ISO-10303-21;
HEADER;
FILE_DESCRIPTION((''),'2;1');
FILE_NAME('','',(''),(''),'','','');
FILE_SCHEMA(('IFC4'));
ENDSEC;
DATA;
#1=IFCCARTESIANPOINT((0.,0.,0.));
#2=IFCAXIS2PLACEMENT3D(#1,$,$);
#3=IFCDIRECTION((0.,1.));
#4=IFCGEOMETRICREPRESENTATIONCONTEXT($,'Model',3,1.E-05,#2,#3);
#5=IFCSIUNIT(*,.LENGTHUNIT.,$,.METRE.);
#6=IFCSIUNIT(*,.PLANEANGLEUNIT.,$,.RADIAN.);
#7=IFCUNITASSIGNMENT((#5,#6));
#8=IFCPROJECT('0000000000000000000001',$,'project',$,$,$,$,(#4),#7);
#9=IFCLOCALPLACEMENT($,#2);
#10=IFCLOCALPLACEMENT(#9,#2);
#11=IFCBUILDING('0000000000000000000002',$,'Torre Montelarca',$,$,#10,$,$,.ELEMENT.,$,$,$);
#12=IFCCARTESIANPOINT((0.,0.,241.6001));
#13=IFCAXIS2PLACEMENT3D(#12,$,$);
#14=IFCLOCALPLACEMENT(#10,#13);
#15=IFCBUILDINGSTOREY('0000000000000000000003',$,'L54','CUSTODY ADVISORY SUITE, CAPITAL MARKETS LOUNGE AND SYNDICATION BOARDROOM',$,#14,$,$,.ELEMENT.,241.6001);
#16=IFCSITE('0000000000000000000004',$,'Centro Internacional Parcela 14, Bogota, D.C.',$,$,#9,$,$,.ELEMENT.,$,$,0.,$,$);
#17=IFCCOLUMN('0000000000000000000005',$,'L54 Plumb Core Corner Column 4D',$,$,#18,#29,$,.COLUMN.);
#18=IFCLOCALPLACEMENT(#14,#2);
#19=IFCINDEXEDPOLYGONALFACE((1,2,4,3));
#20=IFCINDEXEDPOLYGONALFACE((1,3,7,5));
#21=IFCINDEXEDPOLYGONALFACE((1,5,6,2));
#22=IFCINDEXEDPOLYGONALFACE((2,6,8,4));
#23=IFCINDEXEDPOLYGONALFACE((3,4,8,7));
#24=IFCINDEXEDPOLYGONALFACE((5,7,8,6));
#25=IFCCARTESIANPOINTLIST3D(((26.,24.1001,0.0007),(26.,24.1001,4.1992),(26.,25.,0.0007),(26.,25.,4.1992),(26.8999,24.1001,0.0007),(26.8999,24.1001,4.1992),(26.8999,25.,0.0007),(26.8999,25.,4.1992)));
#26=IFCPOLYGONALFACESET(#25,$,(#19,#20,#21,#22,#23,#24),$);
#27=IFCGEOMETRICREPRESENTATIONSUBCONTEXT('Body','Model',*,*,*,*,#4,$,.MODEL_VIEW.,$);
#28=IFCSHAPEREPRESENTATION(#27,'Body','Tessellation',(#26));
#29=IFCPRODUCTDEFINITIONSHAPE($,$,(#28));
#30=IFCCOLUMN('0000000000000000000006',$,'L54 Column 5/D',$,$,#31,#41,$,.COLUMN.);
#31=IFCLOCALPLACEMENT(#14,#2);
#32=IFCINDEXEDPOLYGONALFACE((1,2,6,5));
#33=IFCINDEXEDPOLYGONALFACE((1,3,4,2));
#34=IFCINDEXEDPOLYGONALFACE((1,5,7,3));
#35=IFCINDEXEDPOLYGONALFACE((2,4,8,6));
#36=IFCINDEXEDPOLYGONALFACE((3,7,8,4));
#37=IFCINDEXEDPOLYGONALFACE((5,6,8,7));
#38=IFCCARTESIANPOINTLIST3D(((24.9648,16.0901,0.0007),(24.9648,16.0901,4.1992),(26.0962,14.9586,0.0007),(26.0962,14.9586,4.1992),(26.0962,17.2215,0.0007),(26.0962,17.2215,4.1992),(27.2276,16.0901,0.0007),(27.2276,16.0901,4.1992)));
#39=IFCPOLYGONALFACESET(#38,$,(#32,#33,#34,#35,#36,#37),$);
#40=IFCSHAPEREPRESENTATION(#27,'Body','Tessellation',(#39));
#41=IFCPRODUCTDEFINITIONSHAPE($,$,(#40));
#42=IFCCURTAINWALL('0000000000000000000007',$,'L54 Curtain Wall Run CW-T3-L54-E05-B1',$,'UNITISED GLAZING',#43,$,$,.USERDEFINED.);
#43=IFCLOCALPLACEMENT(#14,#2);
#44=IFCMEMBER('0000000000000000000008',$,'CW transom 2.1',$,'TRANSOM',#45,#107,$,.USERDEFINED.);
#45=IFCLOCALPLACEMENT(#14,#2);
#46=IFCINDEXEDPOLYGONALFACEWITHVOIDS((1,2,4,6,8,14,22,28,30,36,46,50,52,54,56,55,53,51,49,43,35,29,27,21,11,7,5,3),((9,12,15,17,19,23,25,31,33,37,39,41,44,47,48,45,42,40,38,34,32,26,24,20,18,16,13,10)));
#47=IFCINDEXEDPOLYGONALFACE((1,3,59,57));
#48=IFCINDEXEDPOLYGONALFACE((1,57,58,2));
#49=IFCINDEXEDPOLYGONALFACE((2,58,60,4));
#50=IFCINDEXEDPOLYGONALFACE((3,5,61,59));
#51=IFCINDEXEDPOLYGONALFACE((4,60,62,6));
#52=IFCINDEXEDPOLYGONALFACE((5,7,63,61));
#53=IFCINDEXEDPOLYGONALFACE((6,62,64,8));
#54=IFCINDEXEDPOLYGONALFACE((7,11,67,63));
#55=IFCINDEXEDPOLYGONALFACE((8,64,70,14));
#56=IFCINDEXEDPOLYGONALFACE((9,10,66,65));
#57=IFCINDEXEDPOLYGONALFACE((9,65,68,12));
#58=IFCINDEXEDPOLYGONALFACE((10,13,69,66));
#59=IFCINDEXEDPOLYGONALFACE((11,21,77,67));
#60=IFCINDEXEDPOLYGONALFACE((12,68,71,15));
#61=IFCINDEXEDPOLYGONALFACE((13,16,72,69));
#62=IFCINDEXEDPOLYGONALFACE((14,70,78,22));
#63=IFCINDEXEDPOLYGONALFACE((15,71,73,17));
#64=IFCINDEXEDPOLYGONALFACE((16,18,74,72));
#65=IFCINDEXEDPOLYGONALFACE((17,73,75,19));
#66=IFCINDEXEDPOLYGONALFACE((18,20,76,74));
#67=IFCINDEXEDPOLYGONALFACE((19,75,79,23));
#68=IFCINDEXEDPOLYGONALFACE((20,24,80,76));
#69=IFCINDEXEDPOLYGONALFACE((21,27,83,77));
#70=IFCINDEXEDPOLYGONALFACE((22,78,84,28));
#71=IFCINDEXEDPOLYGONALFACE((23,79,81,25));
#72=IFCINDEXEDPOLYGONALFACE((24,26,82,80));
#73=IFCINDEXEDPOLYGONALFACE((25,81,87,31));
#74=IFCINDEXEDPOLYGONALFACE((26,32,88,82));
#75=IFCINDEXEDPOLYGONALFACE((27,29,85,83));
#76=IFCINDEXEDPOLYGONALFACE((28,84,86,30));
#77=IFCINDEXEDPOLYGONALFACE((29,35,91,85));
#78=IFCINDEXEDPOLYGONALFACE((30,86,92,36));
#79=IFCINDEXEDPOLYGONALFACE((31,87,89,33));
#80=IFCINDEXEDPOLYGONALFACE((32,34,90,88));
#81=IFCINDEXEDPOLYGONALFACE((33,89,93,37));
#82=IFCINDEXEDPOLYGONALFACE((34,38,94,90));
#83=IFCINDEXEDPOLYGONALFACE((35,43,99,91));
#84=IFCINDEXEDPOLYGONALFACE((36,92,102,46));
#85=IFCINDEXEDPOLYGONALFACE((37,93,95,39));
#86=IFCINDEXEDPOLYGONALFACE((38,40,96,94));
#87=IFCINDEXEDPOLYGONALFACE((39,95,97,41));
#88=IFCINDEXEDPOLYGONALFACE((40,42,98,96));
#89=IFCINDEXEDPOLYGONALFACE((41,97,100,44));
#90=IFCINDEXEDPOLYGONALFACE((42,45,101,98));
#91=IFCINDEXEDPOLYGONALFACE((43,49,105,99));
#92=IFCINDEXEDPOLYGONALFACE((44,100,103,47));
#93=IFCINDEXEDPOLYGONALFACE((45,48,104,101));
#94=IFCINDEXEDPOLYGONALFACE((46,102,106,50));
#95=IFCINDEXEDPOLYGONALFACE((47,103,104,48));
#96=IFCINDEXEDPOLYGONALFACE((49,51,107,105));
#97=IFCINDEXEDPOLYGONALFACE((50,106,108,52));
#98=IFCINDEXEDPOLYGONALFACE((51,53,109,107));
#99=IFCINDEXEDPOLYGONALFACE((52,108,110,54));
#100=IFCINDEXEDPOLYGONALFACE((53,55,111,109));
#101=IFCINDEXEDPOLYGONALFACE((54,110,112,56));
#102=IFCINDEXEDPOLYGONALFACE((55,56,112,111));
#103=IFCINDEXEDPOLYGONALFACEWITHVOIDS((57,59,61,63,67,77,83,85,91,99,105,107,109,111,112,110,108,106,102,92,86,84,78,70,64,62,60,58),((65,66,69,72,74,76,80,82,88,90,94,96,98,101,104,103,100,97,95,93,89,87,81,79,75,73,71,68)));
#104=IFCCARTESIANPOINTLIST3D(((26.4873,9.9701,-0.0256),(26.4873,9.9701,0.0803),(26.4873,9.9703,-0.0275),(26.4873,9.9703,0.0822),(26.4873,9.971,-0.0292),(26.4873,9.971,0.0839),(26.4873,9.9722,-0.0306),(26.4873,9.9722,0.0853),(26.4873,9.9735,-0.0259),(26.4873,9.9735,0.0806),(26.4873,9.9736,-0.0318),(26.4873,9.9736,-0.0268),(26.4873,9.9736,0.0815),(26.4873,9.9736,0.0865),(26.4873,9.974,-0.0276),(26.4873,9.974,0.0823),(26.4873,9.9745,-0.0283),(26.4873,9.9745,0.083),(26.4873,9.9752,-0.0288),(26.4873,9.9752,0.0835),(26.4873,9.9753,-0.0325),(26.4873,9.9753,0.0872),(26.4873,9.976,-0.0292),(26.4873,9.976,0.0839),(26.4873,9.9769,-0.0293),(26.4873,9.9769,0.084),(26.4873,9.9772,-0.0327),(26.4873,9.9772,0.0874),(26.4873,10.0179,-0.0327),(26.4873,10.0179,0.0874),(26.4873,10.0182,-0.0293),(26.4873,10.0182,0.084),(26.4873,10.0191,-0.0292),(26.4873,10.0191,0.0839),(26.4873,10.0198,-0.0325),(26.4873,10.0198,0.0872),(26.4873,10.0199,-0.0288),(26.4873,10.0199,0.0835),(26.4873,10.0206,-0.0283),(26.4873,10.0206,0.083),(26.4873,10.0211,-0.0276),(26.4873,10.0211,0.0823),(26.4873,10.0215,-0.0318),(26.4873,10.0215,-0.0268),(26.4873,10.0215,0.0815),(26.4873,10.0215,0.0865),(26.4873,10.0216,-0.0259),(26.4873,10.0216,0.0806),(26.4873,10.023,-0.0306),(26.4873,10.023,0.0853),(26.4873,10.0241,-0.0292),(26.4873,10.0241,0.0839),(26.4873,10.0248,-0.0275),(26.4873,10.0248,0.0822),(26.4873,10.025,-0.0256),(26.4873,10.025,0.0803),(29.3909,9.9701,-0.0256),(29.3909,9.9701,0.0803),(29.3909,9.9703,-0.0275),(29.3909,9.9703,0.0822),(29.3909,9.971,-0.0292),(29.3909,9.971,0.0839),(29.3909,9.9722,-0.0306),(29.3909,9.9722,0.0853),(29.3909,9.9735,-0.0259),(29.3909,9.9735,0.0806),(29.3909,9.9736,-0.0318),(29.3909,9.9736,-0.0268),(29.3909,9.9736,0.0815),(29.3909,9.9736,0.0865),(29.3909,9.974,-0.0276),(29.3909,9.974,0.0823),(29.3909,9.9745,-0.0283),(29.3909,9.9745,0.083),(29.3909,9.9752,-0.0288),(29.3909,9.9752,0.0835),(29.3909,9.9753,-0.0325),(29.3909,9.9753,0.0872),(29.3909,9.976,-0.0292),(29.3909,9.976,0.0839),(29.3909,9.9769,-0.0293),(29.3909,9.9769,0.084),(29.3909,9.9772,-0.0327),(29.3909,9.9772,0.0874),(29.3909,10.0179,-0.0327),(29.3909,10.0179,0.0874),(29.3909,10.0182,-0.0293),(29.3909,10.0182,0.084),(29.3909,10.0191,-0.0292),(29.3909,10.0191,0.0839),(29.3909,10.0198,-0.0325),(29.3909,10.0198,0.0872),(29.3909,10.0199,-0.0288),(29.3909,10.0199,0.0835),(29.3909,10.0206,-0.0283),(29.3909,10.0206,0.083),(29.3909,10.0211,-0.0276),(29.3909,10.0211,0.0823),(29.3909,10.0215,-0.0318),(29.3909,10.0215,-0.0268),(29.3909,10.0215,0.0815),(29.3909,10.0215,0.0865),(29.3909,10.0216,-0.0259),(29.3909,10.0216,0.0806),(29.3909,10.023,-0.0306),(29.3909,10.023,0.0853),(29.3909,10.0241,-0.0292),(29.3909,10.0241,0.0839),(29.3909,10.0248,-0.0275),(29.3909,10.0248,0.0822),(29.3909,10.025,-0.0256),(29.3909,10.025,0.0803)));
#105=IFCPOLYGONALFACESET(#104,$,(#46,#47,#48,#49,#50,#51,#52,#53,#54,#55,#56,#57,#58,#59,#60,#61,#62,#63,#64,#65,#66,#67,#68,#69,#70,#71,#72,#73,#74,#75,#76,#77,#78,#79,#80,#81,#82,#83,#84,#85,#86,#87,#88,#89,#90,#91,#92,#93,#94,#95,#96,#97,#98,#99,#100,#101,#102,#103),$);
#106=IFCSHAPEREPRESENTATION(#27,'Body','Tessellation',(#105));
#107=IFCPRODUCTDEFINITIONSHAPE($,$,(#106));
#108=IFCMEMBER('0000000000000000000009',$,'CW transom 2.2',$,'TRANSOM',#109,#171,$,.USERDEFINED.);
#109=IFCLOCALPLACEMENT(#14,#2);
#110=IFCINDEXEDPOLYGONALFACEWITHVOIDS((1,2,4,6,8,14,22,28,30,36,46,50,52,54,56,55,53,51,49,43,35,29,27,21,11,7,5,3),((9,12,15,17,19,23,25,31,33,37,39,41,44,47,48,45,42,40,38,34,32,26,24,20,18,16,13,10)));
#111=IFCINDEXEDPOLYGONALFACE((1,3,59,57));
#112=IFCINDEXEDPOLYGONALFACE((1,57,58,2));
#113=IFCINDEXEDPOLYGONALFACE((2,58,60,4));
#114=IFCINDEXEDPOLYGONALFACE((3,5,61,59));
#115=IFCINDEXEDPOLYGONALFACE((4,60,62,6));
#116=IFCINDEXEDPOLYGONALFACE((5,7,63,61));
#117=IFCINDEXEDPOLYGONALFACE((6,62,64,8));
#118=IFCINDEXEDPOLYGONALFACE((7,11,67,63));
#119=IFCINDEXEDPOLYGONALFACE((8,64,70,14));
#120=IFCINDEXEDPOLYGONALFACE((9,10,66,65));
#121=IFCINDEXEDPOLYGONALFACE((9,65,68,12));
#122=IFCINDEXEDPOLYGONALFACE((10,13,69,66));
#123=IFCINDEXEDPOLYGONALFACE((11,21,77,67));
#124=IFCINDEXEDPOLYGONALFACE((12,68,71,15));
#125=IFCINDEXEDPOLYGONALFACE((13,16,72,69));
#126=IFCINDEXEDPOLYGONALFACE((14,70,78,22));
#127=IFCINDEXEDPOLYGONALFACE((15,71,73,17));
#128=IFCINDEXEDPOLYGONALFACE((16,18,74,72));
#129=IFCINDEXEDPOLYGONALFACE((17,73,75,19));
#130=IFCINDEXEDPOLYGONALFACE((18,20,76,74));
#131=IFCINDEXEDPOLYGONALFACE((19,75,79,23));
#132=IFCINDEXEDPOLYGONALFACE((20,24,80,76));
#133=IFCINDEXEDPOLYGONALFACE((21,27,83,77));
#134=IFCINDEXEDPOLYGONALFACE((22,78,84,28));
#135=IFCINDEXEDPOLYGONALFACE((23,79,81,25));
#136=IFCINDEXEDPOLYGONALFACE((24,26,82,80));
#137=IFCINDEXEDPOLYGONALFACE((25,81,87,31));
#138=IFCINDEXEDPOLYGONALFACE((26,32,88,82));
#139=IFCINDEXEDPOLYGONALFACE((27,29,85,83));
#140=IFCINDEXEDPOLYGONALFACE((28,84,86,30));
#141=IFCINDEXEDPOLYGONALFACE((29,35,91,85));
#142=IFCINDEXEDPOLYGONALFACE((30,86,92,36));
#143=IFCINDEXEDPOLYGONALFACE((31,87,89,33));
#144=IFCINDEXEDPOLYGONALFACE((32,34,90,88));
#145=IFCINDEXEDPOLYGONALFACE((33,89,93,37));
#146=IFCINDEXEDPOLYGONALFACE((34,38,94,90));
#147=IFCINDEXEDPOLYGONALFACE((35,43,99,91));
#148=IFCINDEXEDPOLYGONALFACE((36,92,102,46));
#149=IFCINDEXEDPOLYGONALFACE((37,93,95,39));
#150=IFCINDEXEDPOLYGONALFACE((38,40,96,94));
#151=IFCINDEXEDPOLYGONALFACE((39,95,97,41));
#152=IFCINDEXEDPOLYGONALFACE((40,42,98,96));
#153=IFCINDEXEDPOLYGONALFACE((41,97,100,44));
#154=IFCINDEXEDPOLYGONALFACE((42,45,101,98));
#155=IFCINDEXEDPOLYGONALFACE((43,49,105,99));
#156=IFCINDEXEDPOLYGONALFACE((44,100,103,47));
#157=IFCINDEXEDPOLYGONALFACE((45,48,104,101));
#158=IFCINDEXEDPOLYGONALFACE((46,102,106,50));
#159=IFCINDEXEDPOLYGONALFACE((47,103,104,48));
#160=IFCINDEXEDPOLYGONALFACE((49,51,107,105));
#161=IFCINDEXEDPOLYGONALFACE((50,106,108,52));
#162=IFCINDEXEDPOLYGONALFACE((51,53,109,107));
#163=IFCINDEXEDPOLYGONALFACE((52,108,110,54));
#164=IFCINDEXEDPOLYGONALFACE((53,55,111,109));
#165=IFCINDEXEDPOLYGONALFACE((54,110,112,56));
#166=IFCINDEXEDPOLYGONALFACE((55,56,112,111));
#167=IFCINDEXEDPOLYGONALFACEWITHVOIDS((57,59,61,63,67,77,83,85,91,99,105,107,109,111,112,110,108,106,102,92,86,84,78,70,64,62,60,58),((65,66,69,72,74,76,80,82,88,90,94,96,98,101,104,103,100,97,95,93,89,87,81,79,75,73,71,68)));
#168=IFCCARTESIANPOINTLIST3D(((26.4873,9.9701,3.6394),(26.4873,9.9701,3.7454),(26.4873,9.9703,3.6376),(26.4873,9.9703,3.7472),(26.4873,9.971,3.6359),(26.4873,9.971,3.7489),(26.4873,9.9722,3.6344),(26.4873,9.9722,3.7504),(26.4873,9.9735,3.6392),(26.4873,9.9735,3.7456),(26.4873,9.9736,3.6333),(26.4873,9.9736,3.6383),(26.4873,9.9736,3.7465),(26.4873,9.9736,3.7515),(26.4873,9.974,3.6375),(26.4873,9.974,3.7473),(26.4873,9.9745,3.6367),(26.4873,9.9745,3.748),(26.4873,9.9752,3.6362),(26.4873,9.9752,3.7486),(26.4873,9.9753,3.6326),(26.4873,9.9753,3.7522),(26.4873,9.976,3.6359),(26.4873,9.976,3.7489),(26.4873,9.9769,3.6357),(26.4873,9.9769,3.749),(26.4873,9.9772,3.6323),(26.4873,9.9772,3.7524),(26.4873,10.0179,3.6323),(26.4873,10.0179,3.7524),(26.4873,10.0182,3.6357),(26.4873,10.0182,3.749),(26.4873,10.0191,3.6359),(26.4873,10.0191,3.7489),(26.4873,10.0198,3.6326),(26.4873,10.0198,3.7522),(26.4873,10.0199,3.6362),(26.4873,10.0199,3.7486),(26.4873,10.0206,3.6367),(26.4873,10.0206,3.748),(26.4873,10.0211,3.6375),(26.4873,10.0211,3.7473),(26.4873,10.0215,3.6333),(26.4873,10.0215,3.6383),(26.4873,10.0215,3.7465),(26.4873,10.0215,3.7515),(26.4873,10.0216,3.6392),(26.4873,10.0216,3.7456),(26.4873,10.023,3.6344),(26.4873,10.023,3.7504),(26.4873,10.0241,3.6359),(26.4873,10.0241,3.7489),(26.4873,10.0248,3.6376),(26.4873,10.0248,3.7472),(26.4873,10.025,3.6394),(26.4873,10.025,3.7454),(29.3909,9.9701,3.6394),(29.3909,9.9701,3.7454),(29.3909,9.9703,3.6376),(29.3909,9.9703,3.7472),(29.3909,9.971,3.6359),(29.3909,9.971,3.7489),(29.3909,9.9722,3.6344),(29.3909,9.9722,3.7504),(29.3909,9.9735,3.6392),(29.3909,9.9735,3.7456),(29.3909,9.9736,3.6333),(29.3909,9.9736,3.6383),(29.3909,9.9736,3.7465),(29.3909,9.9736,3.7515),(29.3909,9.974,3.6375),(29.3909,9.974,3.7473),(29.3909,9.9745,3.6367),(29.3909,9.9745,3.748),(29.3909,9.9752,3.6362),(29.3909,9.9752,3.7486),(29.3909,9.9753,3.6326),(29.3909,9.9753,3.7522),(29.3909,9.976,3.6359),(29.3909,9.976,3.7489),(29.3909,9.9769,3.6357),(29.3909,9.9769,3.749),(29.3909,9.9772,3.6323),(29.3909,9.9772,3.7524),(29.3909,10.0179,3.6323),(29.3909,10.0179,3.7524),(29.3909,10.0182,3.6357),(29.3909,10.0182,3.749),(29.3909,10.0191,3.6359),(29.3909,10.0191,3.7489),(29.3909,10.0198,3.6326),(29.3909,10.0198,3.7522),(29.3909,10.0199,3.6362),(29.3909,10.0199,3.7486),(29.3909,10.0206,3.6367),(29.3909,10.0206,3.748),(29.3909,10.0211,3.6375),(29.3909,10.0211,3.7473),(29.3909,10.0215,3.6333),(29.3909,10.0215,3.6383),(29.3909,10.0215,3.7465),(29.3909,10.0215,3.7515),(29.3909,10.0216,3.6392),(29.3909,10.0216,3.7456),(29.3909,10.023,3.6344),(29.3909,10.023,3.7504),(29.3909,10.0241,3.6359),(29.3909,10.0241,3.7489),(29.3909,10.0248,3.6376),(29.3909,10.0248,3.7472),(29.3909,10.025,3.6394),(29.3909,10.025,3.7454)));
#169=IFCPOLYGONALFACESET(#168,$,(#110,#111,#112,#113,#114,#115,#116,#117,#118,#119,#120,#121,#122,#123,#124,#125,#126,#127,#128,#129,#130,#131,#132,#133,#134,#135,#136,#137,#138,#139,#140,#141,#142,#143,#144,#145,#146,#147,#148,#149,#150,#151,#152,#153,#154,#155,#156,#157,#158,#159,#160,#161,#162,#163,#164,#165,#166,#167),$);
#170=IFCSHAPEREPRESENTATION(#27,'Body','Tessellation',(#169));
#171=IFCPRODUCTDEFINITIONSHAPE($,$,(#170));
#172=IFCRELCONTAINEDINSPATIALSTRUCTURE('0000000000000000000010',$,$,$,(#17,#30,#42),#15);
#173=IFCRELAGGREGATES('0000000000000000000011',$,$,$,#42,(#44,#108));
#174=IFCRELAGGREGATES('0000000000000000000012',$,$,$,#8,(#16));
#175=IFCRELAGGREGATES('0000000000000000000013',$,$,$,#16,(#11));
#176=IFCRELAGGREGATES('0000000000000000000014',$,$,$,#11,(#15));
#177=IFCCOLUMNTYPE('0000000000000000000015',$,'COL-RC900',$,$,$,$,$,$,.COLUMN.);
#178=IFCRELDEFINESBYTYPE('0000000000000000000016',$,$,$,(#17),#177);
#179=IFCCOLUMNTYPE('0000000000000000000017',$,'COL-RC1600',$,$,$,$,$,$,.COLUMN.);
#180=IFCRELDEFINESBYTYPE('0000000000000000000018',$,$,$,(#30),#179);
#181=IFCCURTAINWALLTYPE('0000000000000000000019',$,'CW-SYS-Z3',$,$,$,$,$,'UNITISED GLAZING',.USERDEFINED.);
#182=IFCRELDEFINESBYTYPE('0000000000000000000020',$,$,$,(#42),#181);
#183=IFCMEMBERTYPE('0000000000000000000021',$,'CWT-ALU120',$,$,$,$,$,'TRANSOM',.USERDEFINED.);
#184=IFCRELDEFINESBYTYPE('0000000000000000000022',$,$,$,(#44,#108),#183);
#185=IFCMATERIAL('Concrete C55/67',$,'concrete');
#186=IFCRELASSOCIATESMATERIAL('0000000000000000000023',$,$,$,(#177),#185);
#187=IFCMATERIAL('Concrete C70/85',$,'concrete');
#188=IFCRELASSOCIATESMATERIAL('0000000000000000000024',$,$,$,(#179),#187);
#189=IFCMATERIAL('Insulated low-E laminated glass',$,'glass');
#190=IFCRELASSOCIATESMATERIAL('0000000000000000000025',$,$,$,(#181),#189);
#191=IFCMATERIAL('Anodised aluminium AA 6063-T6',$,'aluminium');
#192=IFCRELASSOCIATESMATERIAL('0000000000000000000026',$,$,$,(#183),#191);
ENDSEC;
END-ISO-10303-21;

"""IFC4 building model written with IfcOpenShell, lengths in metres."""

from ifc_helpers import new_model, si_unit, direction, frame, origin, origin_2d, place, context, subcontext, project, spatial, rectangle, hollow_rectangle, extrude, source, transform, mapped, material, material_profile, profile_set, type_object, element, aggregate, save


model = new_model("IFC4")

# Units and contexts
model_context = context("Model", 3, precision=1e-05, world=origin(), true_north=direction((0.0, 1.0)))
body_context = subcontext(model_context, "Body", "Model", "MODEL_VIEW")
ifc_project = project(units=[si_unit("LENGTHUNIT", "METRE"), si_unit("PLANEANGLEUNIT", "RADIAN")], contexts=[model_context])

# Site, building, storey
site_placement = place(None, origin())
site = spatial("IfcSite", under=ifc_project, at=site_placement, Name="Centro Internacional Parcela 14, Bogota, D.C.", CompositionType="ELEMENT", RefElevation=0.0)
building_placement = place(site_placement, origin())
building = spatial("IfcBuilding", under=site, at=building_placement, Name="Torre Montelarca", CompositionType="ELEMENT")
storey_placement = place(building_placement, frame((0.0, 0.0, 241.6001)))
storey = spatial("IfcBuildingStorey", under=building, at=storey_placement, Name="L54", Description="CUSTODY ADVISORY SUITE, CAPITAL MARKETS LOUNGE AND SYNDICATION BOARDROOM", CompositionType="ELEMENT", Elevation=241.6001)

# Columns
ifc_material_1 = material(Name="Concrete C55/67", Category="concrete")
ifc_material_profile_1 = material_profile(ifc_material_1, rectangle(XDim=0.8999, YDim=0.8999, at=origin_2d()), Name="RC900X900", Category="concrete")
ifc_profile_set_1 = profile_set([ifc_material_profile_1], Name="Concrete C55/67")
column_type_1 = type_object("IfcColumnType", Name="COL-RC900", PredefinedType="COLUMN", material=ifc_profile_set_1)
shared_shape_1 = source(origin(), body_context, "Body", "SweptSolid", [
    extrude(rectangle(XDim=0.8999, YDim=0.8999, at=origin_2d()), origin(), (0.0, 0.0, 1.0), 4.1985),
])
column_1_placement = place(storey_placement, frame((26.45, 24.55, 0.0007), z_axis=(0.0, 0.0, 1.0), x_axis=(1.0, 0.0, 0.0)))
element("IfcColumn", 1, at=column_1_placement, inside=storey, type_object=column_type_1, Name="L54 Plumb Core Corner Column 4D", PredefinedType="COLUMN", context=body_context, shape_type="MappedRepresentation", body=[
    mapped(shared_shape_1, transform((0.0, 0.0, 0.0), scale=1.0)),
])
ifc_material_2 = material(Name="Concrete C70/85", Category="concrete")
ifc_material_profile_2 = material_profile(ifc_material_2, rectangle(XDim=1.6001, YDim=1.6001, at=origin_2d()), Name="RC1600X1600", Category="concrete")
ifc_profile_set_2 = profile_set([ifc_material_profile_2], Name="Concrete C70/85")
column_type_2 = type_object("IfcColumnType", Name="COL-RC1600", PredefinedType="COLUMN", material=ifc_profile_set_2)
shared_shape_2 = source(origin(), body_context, "Body", "SweptSolid", [
    extrude(rectangle(XDim=1.6001, YDim=1.6001, at=origin_2d()), origin(), (0.0, 0.0, 1.0), 4.1985),
])
column_2_placement = place(storey_placement, frame((26.0962, 16.0901, 0.0007), z_axis=(0.0, 0.0, 1.0), x_axis=(-0.707107, 0.707107, 0.0)))
element("IfcColumn", 2, at=column_2_placement, inside=storey, type_object=column_type_2, Name="L54 Column 5/D", PredefinedType="COLUMN", context=body_context, shape_type="MappedRepresentation", body=[
    mapped(shared_shape_2, transform((0.0, 0.0, 0.0), scale=1.0)),
])

# Curtain wall, members
ifc_material_3 = material(Name="Insulated low-E laminated glass", Category="glass")
curtain_wall_type = type_object("IfcCurtainWallType", Name="CW-SYS-Z3", ElementType="UNITISED GLAZING", PredefinedType="USERDEFINED", material=ifc_material_3)
curtain_wall_1_placement = place(storey_placement, origin())
curtain_wall_1 = element("IfcCurtainWall", 3, at=curtain_wall_1_placement, inside=storey, type_object=curtain_wall_type, Name="L54 Curtain Wall Run CW-T3-L54-E05-B1", ObjectType="UNITISED GLAZING", PredefinedType="USERDEFINED")
ifc_material_4 = material(Name="Anodised aluminium AA 6063-T6", Category="aluminium")
ifc_material_profile_3 = material_profile(ifc_material_4, hollow_rectangle(XDim=0.0549, YDim=0.1201, WallThickness=0.0034, InnerFilletRadius=0.0034, OuterFilletRadius=0.0071, at=origin_2d()), Name="ALU55X120X3.5", Category="aluminium")
ifc_profile_set_3 = profile_set([ifc_material_profile_3], Name="Anodised aluminium AA 6063-T6")
member_type_1 = type_object("IfcMemberType", Name="CWT-ALU120", ElementType="TRANSOM", PredefinedType="USERDEFINED", material=ifc_profile_set_3)
shared_shape_3 = source(origin(), body_context, "Body", "SweptSolid", [
    extrude(hollow_rectangle(XDim=0.0549, YDim=0.1201, WallThickness=0.0034, InnerFilletRadius=0.0034, OuterFilletRadius=0.0071, at=origin_2d()), origin(), (0.0, 0.0, 1.0), 2.9036),
])
member_1_placement = place(storey_placement, frame((26.4873, 9.9976, 0.0273), z_axis=(1.0, 0.0, 0.0), x_axis=(0.0, 1.0, 0.0)))
member_1 = element("IfcMember", 4, at=member_1_placement, type_object=member_type_1, Name="CW transom 2.1", ObjectType="TRANSOM", PredefinedType="USERDEFINED", context=body_context, shape_type="MappedRepresentation", body=[
    mapped(shared_shape_3, transform((0.0, 0.0, 0.0), scale=1.0)),
])
member_2_placement = place(storey_placement, frame((26.4873, 9.9976, 3.6924), z_axis=(1.0, 0.0, 0.0), x_axis=(0.0, 1.0, 0.0)))
member_2 = element("IfcMember", 5, at=member_2_placement, type_object=member_type_1, Name="CW transom 2.2", ObjectType="TRANSOM", PredefinedType="USERDEFINED", context=body_context, shape_type="MappedRepresentation", body=[
    mapped(shared_shape_3, transform((0.0, 0.0, 0.0), scale=1.0)),
])

aggregate(curtain_wall_1, [member_1, member_2])

save(model, "model.ifc")
